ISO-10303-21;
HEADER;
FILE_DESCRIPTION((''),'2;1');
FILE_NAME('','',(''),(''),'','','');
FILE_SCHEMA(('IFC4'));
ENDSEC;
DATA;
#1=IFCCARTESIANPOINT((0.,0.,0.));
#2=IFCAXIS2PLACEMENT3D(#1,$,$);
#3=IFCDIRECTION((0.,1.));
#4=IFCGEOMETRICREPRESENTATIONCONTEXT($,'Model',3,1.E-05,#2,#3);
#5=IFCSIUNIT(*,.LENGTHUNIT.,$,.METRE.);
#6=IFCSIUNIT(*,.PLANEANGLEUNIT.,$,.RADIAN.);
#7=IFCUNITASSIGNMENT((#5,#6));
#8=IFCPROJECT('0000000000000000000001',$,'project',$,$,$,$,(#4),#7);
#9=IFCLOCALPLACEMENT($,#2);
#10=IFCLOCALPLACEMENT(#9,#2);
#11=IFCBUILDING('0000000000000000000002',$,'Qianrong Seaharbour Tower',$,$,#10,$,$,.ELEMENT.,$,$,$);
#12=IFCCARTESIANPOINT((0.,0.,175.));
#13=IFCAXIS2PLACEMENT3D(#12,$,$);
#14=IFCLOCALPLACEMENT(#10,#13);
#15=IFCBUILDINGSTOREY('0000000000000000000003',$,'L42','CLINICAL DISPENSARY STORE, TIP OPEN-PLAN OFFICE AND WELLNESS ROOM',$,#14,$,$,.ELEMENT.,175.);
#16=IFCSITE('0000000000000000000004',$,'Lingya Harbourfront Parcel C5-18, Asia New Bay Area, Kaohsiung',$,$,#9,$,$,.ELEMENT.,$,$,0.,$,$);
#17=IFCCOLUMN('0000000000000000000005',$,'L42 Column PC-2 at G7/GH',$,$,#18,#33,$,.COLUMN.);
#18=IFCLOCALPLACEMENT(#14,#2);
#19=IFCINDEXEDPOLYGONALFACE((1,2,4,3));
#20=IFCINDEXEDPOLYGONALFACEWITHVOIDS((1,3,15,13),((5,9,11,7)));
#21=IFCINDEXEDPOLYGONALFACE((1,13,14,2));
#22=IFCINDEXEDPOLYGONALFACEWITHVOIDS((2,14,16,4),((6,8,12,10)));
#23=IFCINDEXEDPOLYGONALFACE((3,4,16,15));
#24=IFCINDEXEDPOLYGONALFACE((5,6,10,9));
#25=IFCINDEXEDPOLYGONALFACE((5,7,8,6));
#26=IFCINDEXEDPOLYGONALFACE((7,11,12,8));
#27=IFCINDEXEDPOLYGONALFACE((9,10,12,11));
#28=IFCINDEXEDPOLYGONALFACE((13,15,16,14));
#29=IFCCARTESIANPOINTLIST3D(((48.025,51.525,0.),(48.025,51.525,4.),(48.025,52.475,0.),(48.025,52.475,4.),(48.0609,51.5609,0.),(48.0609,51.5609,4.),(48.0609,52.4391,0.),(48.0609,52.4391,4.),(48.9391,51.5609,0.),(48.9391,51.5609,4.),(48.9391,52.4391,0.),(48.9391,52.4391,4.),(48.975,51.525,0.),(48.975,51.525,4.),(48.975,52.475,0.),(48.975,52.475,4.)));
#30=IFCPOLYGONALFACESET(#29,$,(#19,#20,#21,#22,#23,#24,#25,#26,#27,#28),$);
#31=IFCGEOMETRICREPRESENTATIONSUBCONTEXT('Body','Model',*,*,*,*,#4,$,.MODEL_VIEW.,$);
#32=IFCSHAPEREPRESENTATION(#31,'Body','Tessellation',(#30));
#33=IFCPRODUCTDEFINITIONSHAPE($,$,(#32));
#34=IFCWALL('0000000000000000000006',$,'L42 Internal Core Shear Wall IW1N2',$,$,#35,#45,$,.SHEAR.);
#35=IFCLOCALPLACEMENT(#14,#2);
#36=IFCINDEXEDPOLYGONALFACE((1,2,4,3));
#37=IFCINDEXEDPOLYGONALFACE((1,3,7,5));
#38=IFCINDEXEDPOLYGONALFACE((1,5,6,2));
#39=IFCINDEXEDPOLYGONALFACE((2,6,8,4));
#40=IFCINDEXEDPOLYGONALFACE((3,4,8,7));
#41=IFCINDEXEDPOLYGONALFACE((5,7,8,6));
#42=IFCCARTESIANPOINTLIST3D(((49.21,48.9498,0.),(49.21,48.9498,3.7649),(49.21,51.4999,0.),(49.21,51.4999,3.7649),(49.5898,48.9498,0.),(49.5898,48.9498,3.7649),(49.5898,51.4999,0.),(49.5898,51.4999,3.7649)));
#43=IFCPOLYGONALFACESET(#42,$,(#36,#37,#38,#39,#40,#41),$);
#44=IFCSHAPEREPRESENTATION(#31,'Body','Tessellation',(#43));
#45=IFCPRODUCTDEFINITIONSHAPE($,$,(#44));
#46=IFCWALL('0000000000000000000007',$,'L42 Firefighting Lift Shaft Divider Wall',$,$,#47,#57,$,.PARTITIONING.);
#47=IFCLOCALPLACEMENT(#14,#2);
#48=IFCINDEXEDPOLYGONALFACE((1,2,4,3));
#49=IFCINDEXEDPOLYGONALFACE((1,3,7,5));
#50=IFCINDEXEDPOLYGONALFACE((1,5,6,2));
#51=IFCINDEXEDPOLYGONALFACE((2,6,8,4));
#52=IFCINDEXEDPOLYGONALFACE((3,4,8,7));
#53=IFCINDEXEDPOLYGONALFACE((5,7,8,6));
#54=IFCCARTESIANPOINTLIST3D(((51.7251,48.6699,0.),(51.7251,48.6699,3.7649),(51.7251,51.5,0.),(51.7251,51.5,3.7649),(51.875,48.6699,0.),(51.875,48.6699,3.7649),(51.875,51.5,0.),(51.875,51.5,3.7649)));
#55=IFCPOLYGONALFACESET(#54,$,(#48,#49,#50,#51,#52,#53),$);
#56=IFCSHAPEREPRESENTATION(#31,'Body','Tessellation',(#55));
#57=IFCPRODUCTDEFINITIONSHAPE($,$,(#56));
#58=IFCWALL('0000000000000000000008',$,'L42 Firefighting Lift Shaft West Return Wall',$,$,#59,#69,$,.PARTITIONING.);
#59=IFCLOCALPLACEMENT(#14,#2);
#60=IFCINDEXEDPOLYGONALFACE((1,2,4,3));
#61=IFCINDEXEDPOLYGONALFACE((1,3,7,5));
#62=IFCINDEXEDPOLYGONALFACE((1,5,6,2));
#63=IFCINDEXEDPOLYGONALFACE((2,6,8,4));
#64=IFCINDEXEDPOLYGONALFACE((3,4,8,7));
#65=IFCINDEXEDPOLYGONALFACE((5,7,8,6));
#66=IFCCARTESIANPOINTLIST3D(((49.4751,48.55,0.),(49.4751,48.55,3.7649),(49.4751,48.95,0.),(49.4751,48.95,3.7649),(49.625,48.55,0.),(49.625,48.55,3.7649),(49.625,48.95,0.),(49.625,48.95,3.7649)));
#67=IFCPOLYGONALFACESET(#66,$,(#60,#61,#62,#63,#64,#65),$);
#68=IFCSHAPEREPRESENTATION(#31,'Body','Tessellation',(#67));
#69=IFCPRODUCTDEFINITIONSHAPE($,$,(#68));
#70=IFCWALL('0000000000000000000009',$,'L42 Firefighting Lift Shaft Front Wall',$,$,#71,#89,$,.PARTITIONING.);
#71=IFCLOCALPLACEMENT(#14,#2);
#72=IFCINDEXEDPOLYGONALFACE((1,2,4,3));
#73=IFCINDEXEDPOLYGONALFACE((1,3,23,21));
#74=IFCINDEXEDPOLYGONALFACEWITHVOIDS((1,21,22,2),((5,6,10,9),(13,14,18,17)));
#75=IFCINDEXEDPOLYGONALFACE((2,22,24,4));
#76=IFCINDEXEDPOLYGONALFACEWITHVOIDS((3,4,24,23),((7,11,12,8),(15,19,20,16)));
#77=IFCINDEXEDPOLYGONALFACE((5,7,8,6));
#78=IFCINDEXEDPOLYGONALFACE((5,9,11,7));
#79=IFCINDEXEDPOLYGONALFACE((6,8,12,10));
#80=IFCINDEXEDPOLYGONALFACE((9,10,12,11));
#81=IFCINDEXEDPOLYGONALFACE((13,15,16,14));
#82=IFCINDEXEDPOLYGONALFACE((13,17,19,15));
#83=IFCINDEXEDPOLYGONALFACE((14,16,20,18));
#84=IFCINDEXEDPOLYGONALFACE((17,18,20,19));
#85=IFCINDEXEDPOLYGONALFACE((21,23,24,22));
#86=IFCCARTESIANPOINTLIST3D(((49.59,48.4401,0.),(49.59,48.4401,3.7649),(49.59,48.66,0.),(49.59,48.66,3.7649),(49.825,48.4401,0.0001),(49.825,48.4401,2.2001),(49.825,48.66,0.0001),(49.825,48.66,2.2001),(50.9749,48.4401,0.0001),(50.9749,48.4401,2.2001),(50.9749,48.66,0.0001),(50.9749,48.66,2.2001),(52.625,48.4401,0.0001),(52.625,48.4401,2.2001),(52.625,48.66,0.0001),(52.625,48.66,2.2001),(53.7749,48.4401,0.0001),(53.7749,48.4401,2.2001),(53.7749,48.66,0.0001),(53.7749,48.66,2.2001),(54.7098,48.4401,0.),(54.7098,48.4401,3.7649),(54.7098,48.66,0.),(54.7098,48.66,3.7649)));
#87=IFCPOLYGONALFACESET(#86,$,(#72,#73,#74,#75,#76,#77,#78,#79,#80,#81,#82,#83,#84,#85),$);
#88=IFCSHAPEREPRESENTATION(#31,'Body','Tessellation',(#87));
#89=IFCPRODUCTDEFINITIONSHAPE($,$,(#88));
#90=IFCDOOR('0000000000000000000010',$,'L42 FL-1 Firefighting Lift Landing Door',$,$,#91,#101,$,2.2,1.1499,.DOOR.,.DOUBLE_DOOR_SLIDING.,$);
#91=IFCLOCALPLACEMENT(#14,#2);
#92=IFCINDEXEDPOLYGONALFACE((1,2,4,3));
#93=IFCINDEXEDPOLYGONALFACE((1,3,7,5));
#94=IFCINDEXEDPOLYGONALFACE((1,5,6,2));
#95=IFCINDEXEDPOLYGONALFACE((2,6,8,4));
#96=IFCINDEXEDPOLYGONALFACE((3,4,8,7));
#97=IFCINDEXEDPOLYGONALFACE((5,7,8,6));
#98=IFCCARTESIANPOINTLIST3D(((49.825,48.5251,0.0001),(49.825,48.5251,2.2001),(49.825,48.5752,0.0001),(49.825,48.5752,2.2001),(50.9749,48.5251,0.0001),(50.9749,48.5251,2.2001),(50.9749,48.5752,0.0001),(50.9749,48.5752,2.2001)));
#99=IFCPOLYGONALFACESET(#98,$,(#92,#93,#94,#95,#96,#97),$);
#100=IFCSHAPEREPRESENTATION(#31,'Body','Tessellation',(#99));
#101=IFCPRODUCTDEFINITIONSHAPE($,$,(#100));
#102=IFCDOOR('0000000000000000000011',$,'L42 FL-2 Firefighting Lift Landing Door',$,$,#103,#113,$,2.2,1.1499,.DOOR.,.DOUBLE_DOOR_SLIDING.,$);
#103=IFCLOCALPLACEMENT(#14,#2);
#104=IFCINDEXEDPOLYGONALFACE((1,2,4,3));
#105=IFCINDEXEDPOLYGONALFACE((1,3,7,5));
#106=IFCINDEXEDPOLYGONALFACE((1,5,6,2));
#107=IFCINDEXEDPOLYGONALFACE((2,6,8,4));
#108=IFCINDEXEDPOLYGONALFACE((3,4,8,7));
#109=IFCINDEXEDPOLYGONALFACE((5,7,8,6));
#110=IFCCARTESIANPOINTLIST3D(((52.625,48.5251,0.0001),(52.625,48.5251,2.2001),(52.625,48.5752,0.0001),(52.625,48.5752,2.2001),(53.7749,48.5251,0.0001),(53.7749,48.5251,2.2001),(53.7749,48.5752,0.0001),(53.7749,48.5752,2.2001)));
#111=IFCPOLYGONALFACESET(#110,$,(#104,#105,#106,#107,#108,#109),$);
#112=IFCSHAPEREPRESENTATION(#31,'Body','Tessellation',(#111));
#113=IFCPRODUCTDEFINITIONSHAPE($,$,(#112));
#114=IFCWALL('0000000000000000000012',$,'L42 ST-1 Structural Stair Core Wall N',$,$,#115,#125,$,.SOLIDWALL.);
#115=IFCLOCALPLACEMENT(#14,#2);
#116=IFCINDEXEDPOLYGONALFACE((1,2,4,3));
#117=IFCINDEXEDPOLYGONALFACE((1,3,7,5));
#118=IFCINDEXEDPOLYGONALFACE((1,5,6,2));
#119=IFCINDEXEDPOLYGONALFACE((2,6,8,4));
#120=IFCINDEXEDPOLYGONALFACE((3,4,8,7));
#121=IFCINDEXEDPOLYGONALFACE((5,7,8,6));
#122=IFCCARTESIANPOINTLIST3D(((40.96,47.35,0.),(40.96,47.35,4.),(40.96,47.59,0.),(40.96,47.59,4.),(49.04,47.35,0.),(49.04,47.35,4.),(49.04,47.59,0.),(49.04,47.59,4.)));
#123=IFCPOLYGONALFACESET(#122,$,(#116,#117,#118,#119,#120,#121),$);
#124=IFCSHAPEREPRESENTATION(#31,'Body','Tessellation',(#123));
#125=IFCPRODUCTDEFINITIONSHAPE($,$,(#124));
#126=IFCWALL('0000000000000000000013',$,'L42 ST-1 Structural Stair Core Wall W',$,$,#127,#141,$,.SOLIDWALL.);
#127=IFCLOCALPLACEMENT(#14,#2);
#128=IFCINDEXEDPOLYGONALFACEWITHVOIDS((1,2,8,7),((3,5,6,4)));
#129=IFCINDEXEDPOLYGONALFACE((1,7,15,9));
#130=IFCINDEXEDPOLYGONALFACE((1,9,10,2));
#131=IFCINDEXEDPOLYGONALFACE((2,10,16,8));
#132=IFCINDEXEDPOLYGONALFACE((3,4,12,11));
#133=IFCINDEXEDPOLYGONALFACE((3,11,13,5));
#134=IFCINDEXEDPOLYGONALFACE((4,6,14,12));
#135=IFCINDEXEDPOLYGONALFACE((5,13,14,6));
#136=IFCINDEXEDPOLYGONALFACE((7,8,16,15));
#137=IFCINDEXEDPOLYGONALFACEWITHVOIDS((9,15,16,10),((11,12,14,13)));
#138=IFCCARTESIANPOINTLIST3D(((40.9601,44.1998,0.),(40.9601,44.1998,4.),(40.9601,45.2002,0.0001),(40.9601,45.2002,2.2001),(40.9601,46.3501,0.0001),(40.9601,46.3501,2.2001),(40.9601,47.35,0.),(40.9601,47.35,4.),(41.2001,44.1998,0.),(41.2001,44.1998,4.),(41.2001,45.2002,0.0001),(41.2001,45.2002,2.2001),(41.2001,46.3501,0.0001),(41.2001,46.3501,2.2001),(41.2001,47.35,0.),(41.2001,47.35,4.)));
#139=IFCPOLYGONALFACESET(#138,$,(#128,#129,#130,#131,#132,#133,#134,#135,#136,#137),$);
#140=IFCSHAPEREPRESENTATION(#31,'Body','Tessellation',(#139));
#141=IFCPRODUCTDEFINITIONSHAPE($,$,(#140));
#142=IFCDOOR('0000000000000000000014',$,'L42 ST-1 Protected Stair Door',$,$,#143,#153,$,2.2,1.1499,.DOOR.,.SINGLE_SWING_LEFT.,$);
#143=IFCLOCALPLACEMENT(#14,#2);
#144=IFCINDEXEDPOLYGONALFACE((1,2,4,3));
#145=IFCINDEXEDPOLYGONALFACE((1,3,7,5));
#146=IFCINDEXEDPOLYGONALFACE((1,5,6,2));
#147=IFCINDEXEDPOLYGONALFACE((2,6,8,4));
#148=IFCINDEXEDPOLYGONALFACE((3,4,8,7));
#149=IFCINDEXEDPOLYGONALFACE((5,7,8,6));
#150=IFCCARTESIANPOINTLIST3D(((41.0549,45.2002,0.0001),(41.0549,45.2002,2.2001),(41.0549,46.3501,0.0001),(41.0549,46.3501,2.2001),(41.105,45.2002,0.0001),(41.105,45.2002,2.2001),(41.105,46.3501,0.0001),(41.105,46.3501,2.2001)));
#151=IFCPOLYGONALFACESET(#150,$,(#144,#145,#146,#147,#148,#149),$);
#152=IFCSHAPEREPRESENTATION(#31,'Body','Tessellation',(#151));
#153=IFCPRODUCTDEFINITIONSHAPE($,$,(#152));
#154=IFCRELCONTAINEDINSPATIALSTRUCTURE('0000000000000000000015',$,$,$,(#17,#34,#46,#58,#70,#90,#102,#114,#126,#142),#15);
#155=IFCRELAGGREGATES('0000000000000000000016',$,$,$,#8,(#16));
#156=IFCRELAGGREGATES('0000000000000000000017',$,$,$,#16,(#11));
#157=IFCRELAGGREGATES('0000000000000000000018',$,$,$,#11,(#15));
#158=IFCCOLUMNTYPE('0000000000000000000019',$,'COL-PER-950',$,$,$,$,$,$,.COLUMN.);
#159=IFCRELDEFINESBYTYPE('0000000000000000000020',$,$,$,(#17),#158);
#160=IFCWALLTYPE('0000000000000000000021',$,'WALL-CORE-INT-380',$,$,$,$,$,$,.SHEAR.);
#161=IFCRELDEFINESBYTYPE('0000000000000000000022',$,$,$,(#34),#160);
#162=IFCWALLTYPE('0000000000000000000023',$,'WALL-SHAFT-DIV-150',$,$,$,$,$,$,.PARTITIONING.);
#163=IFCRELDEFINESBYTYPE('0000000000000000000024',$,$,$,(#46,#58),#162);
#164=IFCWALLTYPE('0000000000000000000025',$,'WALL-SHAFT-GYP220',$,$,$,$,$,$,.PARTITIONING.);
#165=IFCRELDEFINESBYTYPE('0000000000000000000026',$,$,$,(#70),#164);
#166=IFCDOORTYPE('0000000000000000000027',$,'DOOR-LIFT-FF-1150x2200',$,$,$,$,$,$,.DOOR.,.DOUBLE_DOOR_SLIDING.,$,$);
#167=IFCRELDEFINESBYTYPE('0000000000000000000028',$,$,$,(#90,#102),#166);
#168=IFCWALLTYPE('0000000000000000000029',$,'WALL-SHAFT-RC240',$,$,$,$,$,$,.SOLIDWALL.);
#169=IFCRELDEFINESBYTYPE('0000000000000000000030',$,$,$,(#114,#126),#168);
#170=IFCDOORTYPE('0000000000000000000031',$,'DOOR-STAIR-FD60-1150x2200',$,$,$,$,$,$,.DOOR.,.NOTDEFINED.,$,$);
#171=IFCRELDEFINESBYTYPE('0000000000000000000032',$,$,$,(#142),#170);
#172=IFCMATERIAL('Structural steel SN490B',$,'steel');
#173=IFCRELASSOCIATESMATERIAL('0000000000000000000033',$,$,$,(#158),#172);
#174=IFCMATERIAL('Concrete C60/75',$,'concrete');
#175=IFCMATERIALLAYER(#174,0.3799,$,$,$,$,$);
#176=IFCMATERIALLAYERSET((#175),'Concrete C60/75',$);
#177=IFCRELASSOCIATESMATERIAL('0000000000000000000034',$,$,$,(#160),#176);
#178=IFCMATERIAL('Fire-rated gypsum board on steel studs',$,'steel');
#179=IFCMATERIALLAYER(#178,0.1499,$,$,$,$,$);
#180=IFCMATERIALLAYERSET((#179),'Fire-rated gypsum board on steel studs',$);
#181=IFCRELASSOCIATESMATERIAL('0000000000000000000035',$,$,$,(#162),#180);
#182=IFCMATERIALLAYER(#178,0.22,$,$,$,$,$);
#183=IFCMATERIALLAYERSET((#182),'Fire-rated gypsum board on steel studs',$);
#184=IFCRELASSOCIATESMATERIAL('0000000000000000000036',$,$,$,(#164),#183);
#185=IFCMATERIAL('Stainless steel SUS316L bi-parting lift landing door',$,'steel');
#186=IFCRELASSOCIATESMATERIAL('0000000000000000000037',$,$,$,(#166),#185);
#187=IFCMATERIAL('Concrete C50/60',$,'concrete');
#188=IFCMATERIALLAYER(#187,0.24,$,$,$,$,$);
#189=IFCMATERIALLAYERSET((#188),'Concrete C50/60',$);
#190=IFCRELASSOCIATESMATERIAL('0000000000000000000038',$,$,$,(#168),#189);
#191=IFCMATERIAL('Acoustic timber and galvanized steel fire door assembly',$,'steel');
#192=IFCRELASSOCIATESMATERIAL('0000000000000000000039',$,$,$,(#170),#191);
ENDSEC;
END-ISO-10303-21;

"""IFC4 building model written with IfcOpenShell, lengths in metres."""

from ifc_helpers import new_model, si_unit, direction, frame, frame_2d, origin, origin_2d, place, context, subcontext, project, spatial, rectangle, hollow_rectangle, extrude, material, layer, layer_set, material_profile, profile_set, type_object, element, fill, save


model = new_model("IFC4")

# Units and contexts
model_context = context("Model", 3, precision=1e-05, world=origin(), true_north=direction((0.0, 1.0)))
body_context = subcontext(model_context, "Body", "Model", "MODEL_VIEW")
ifc_project = project(units=[si_unit("LENGTHUNIT", "METRE"), si_unit("PLANEANGLEUNIT", "RADIAN")], contexts=[model_context])

# Site, building, storey
site_placement = place(None, origin())
site = spatial("IfcSite", under=ifc_project, at=site_placement, Name="Lingya Harbourfront Parcel C5-18, Asia New Bay Area, Kaohsiung", CompositionType="ELEMENT", RefElevation=0.0)
building_placement = place(site_placement, origin())
building = spatial("IfcBuilding", under=site, at=building_placement, Name="Qianrong Seaharbour Tower", CompositionType="ELEMENT")
storey_placement = place(building_placement, frame((0.0, 0.0, 175.0)))
storey = spatial("IfcBuildingStorey", under=building, at=storey_placement, Name="L42", Description="CLINICAL DISPENSARY STORE, TIP OPEN-PLAN OFFICE AND WELLNESS ROOM", CompositionType="ELEMENT", Elevation=175.0)

# Column
ifc_material_1 = material(Name="Structural steel SN490B", Category="steel")
ifc_material_profile = material_profile(ifc_material_1, hollow_rectangle(XDim=0.95, YDim=0.95, WallThickness=0.0359, at=origin_2d()), Name="BOX950x950x36")
ifc_profile_set = profile_set([ifc_material_profile], Name="Structural steel SN490B")
column_type = type_object("IfcColumnType", Name="COL-PER-950", PredefinedType="COLUMN", material=ifc_profile_set)
column_placement = place(storey_placement, frame((48.5, 52.0, 0.0), z_axis=(0.0, 0.0, 1.0), x_axis=(1.0, 0.0, 0.0)))
element("IfcColumn", 1, at=column_placement, inside=storey, type_object=column_type, Name="L42 Column PC-2 at G7/GH", PredefinedType="COLUMN", context=body_context, shape_type="SweptSolid", body=[
    extrude(hollow_rectangle(XDim=0.95, YDim=0.95, WallThickness=0.0359, at=origin_2d()), origin(), (0.0, 0.0, 1.0), 4.0),
])

# Wall
ifc_material_2 = material(Name="Concrete C60/75", Category="concrete")
ifc_layer_1 = layer(ifc_material_2, 0.3799)
ifc_layer_set_1 = layer_set([ifc_layer_1], Name="Concrete C60/75")
wall_type_1 = type_object("IfcWallType", Name="WALL-CORE-INT-380", PredefinedType="SHEAR", material=ifc_layer_set_1)
wall_1_placement = place(storey_placement, frame((49.3999, 48.95, 0.0), z_axis=(0.0, 0.0, 1.0), x_axis=(0.0, 1.0, 0.0)))
element("IfcWall", 2, at=wall_1_placement, inside=storey, type_object=wall_type_1, Name="L42 Internal Core Shear Wall IW1N2", PredefinedType="SHEAR", context=body_context, shape_type="SweptSolid", body=[
    extrude(rectangle(XDim=2.55, YDim=0.3799, at=frame_2d((1.2749, 0.0))), origin(), (0.0, 0.0, 1.0), 3.7649),
])

# Shared definitions
ifc_material_3 = material(Name="Acoustic timber and galvanized steel fire door assembly", Category="steel")

# Walls
ifc_material_4 = material(Name="Fire-rated gypsum board on steel studs", Category="steel")
ifc_layer_2 = layer(ifc_material_4, 0.1499)
ifc_layer_set_2 = layer_set([ifc_layer_2], Name="Fire-rated gypsum board on steel studs")
wall_type_2 = type_object("IfcWallType", Name="WALL-SHAFT-DIV-150", PredefinedType="PARTITIONING", material=ifc_layer_set_2)
wall_2_placement = place(storey_placement, frame((51.8, 48.6699, 0.0), z_axis=(0.0, 0.0, 1.0), x_axis=(0.0, 1.0, 0.0)))
element("IfcWall", 3, at=wall_2_placement, inside=storey, type_object=wall_type_2, Name="L42 Firefighting Lift Shaft Divider Wall", PredefinedType="PARTITIONING", context=body_context, shape_type="SweptSolid", body=[
    extrude(rectangle(XDim=2.8301, YDim=0.1499, at=frame_2d((1.415, 0.0))), origin(), (0.0, 0.0, 1.0), 3.7649),
])
wall_3_placement = place(storey_placement, frame((49.55, 48.55, 0.0), z_axis=(0.0, 0.0, 1.0), x_axis=(0.0, 1.0, 0.0)))
element("IfcWall", 4, at=wall_3_placement, inside=storey, type_object=wall_type_2, Name="L42 Firefighting Lift Shaft West Return Wall", PredefinedType="PARTITIONING", context=body_context, shape_type="SweptSolid", body=[
    extrude(rectangle(XDim=0.3999, YDim=0.1499, at=frame_2d((0.2, 0.0))), origin(), (0.0, 0.0, 1.0), 3.7649),
])

# Wall, openings, doors
ifc_layer_3 = layer(ifc_material_4, 0.22)
ifc_layer_set_3 = layer_set([ifc_layer_3], Name="Fire-rated gypsum board on steel studs")
wall_type_3 = type_object("IfcWallType", Name="WALL-SHAFT-GYP220", PredefinedType="PARTITIONING", material=ifc_layer_set_3)
wall_4_placement = place(storey_placement, frame((54.71, 48.55, 0.0), z_axis=(0.0, 0.0, 1.0), x_axis=(-1.0, 0.0, 0.0)))
wall_4 = element("IfcWall", 5, at=wall_4_placement, inside=storey, type_object=wall_type_3, Name="L42 Firefighting Lift Shaft Front Wall", PredefinedType="PARTITIONING", context=body_context, shape_type="SweptSolid", body=[
    extrude(rectangle(XDim=5.1199, YDim=0.22, at=frame_2d((2.5601, 0.0))), origin(), (0.0, 0.0, 1.0), 3.7649),
])
opening_1_placement = place(wall_4_placement, frame((3.7351, 0.0, 0.0)))
opening_1 = element("IfcOpeningElement", 6, at=opening_1_placement, cuts=wall_4, PredefinedType="OPENING", context=body_context, shape_type="SweptSolid", body=[
    extrude(rectangle(XDim=1.1499, YDim=2.2, at=frame_2d((0.575, 1.1001))), frame((0.0, 0.1201, 0.0), z_axis=(0.0, -1.0, 0.0), x_axis=(1.0, 0.0, 0.0)), (0.0, 0.0, 1.0), 0.24),
])
opening_2_placement = place(wall_4_placement, frame((0.9351, 0.0, 0.0)))
opening_2 = element("IfcOpeningElement", 7, at=opening_2_placement, cuts=wall_4, PredefinedType="OPENING", context=body_context, shape_type="SweptSolid", body=[
    extrude(rectangle(XDim=1.1499, YDim=2.2, at=frame_2d((0.575, 1.1001))), frame((0.0, 0.1201, 0.0), z_axis=(0.0, -1.0, 0.0), x_axis=(1.0, 0.0, 0.0)), (0.0, 0.0, 1.0), 0.24),
])
ifc_material_5 = material(Name="Stainless steel SUS316L bi-parting lift landing door", Category="steel")
door_type_1 = type_object("IfcDoorType", Name="DOOR-LIFT-FF-1150x2200", OperationType="DOUBLE_DOOR_SLIDING", PredefinedType="DOOR", material=ifc_material_5)
door_1_placement = place(opening_1_placement, origin())
door_1 = element("IfcDoor", 8, at=door_1_placement, inside=storey, type_object=door_type_1, Name="L42 FL-1 Firefighting Lift Landing Door", OperationType="DOUBLE_DOOR_SLIDING", OverallHeight=2.2, OverallWidth=1.1499, PredefinedType="DOOR", context=body_context, shape_type="SweptSolid", body=[
    extrude(rectangle(XDim=1.1499, YDim=2.2, at=frame_2d((0.575, 1.1001))), frame((0.0, 0.0249, 0.0), z_axis=(0.0, -1.0, 0.0), x_axis=(1.0, 0.0, 0.0)), (0.0, 0.0, 1.0), 0.05),
])
fill(opening_1, door_1)
door_2_placement = place(opening_2_placement, origin())
door_2 = element("IfcDoor", 9, at=door_2_placement, inside=storey, type_object=door_type_1, Name="L42 FL-2 Firefighting Lift Landing Door", OperationType="DOUBLE_DOOR_SLIDING", OverallHeight=2.2, OverallWidth=1.1499, PredefinedType="DOOR", context=body_context, shape_type="SweptSolid", body=[
    extrude(rectangle(XDim=1.1499, YDim=2.2, at=frame_2d((0.575, 1.1001))), frame((0.0, 0.0249, 0.0), z_axis=(0.0, -1.0, 0.0), x_axis=(1.0, 0.0, 0.0)), (0.0, 0.0, 1.0), 0.05),
])
fill(opening_2, door_2)

# Wall
ifc_material_6 = material(Name="Concrete C50/60", Category="concrete")
ifc_layer_4 = layer(ifc_material_6, 0.24)
ifc_layer_set_4 = layer_set([ifc_layer_4], Name="Concrete C50/60")
wall_type_4 = type_object("IfcWallType", Name="WALL-SHAFT-RC240", PredefinedType="SOLIDWALL", material=ifc_layer_set_4)
wall_5_placement = place(storey_placement, frame((40.96, 47.47, 0.0), z_axis=(0.0, 0.0, 1.0), x_axis=(1.0, 0.0, 0.0)))
element("IfcWall", 10, at=wall_5_placement, inside=storey, type_object=wall_type_4, Name="L42 ST-1 Structural Stair Core Wall N", PredefinedType="SOLIDWALL", context=body_context, shape_type="SweptSolid", body=[
    extrude(rectangle(XDim=8.0801, YDim=0.24, at=frame_2d((4.04, 0.0))), origin(), (0.0, 0.0, 1.0), 4.0),
])

# Wall, opening, door
wall_6_placement = place(storey_placement, frame((41.0801, 47.3501, 0.0), z_axis=(0.0, 0.0, 1.0), x_axis=(0.0, -1.0, 0.0)))
wall_6 = element("IfcWall", 11, at=wall_6_placement, inside=storey, type_object=wall_type_4, Name="L42 ST-1 Structural Stair Core Wall W", PredefinedType="SOLIDWALL", context=body_context, shape_type="SweptSolid", body=[
    extrude(rectangle(XDim=3.1501, YDim=0.24, at=frame_2d((1.5752, 0.0))), origin(), (0.0, 0.0, 1.0), 4.0),
])
opening_3_placement = place(wall_6_placement, frame((1.0, 0.0, 0.0)))
opening_3 = element("IfcOpeningElement", 12, at=opening_3_placement, cuts=wall_6, PredefinedType="OPENING", context=body_context, shape_type="SweptSolid", body=[
    extrude(rectangle(XDim=1.1499, YDim=2.2, at=frame_2d((0.575, 1.1001))), frame((0.0, 0.1299, 0.0), z_axis=(0.0, -1.0, 0.0), x_axis=(1.0, 0.0, 0.0)), (0.0, 0.0, 1.0), 0.26),
])
door_type_2 = type_object("IfcDoorType", Name="DOOR-STAIR-FD60-1150x2200", OperationType="NOTDEFINED", PredefinedType="DOOR", material=ifc_material_3)
door_3_placement = place(opening_3_placement, origin())
door_3 = element("IfcDoor", 13, at=door_3_placement, inside=storey, type_object=door_type_2, Name="L42 ST-1 Protected Stair Door", OperationType="SINGLE_SWING_LEFT", OverallHeight=2.2, OverallWidth=1.1499, PredefinedType="DOOR", context=body_context, shape_type="SweptSolid", body=[
    extrude(rectangle(XDim=1.1499, YDim=2.2, at=frame_2d((0.575, 1.1001))), frame((0.0, 0.0249, 0.0), z_axis=(0.0, -1.0, 0.0), x_axis=(1.0, 0.0, 0.0)), (0.0, 0.0, 1.0), 0.05),
])
fill(opening_3, door_3)

save(model, "model.ifc")
